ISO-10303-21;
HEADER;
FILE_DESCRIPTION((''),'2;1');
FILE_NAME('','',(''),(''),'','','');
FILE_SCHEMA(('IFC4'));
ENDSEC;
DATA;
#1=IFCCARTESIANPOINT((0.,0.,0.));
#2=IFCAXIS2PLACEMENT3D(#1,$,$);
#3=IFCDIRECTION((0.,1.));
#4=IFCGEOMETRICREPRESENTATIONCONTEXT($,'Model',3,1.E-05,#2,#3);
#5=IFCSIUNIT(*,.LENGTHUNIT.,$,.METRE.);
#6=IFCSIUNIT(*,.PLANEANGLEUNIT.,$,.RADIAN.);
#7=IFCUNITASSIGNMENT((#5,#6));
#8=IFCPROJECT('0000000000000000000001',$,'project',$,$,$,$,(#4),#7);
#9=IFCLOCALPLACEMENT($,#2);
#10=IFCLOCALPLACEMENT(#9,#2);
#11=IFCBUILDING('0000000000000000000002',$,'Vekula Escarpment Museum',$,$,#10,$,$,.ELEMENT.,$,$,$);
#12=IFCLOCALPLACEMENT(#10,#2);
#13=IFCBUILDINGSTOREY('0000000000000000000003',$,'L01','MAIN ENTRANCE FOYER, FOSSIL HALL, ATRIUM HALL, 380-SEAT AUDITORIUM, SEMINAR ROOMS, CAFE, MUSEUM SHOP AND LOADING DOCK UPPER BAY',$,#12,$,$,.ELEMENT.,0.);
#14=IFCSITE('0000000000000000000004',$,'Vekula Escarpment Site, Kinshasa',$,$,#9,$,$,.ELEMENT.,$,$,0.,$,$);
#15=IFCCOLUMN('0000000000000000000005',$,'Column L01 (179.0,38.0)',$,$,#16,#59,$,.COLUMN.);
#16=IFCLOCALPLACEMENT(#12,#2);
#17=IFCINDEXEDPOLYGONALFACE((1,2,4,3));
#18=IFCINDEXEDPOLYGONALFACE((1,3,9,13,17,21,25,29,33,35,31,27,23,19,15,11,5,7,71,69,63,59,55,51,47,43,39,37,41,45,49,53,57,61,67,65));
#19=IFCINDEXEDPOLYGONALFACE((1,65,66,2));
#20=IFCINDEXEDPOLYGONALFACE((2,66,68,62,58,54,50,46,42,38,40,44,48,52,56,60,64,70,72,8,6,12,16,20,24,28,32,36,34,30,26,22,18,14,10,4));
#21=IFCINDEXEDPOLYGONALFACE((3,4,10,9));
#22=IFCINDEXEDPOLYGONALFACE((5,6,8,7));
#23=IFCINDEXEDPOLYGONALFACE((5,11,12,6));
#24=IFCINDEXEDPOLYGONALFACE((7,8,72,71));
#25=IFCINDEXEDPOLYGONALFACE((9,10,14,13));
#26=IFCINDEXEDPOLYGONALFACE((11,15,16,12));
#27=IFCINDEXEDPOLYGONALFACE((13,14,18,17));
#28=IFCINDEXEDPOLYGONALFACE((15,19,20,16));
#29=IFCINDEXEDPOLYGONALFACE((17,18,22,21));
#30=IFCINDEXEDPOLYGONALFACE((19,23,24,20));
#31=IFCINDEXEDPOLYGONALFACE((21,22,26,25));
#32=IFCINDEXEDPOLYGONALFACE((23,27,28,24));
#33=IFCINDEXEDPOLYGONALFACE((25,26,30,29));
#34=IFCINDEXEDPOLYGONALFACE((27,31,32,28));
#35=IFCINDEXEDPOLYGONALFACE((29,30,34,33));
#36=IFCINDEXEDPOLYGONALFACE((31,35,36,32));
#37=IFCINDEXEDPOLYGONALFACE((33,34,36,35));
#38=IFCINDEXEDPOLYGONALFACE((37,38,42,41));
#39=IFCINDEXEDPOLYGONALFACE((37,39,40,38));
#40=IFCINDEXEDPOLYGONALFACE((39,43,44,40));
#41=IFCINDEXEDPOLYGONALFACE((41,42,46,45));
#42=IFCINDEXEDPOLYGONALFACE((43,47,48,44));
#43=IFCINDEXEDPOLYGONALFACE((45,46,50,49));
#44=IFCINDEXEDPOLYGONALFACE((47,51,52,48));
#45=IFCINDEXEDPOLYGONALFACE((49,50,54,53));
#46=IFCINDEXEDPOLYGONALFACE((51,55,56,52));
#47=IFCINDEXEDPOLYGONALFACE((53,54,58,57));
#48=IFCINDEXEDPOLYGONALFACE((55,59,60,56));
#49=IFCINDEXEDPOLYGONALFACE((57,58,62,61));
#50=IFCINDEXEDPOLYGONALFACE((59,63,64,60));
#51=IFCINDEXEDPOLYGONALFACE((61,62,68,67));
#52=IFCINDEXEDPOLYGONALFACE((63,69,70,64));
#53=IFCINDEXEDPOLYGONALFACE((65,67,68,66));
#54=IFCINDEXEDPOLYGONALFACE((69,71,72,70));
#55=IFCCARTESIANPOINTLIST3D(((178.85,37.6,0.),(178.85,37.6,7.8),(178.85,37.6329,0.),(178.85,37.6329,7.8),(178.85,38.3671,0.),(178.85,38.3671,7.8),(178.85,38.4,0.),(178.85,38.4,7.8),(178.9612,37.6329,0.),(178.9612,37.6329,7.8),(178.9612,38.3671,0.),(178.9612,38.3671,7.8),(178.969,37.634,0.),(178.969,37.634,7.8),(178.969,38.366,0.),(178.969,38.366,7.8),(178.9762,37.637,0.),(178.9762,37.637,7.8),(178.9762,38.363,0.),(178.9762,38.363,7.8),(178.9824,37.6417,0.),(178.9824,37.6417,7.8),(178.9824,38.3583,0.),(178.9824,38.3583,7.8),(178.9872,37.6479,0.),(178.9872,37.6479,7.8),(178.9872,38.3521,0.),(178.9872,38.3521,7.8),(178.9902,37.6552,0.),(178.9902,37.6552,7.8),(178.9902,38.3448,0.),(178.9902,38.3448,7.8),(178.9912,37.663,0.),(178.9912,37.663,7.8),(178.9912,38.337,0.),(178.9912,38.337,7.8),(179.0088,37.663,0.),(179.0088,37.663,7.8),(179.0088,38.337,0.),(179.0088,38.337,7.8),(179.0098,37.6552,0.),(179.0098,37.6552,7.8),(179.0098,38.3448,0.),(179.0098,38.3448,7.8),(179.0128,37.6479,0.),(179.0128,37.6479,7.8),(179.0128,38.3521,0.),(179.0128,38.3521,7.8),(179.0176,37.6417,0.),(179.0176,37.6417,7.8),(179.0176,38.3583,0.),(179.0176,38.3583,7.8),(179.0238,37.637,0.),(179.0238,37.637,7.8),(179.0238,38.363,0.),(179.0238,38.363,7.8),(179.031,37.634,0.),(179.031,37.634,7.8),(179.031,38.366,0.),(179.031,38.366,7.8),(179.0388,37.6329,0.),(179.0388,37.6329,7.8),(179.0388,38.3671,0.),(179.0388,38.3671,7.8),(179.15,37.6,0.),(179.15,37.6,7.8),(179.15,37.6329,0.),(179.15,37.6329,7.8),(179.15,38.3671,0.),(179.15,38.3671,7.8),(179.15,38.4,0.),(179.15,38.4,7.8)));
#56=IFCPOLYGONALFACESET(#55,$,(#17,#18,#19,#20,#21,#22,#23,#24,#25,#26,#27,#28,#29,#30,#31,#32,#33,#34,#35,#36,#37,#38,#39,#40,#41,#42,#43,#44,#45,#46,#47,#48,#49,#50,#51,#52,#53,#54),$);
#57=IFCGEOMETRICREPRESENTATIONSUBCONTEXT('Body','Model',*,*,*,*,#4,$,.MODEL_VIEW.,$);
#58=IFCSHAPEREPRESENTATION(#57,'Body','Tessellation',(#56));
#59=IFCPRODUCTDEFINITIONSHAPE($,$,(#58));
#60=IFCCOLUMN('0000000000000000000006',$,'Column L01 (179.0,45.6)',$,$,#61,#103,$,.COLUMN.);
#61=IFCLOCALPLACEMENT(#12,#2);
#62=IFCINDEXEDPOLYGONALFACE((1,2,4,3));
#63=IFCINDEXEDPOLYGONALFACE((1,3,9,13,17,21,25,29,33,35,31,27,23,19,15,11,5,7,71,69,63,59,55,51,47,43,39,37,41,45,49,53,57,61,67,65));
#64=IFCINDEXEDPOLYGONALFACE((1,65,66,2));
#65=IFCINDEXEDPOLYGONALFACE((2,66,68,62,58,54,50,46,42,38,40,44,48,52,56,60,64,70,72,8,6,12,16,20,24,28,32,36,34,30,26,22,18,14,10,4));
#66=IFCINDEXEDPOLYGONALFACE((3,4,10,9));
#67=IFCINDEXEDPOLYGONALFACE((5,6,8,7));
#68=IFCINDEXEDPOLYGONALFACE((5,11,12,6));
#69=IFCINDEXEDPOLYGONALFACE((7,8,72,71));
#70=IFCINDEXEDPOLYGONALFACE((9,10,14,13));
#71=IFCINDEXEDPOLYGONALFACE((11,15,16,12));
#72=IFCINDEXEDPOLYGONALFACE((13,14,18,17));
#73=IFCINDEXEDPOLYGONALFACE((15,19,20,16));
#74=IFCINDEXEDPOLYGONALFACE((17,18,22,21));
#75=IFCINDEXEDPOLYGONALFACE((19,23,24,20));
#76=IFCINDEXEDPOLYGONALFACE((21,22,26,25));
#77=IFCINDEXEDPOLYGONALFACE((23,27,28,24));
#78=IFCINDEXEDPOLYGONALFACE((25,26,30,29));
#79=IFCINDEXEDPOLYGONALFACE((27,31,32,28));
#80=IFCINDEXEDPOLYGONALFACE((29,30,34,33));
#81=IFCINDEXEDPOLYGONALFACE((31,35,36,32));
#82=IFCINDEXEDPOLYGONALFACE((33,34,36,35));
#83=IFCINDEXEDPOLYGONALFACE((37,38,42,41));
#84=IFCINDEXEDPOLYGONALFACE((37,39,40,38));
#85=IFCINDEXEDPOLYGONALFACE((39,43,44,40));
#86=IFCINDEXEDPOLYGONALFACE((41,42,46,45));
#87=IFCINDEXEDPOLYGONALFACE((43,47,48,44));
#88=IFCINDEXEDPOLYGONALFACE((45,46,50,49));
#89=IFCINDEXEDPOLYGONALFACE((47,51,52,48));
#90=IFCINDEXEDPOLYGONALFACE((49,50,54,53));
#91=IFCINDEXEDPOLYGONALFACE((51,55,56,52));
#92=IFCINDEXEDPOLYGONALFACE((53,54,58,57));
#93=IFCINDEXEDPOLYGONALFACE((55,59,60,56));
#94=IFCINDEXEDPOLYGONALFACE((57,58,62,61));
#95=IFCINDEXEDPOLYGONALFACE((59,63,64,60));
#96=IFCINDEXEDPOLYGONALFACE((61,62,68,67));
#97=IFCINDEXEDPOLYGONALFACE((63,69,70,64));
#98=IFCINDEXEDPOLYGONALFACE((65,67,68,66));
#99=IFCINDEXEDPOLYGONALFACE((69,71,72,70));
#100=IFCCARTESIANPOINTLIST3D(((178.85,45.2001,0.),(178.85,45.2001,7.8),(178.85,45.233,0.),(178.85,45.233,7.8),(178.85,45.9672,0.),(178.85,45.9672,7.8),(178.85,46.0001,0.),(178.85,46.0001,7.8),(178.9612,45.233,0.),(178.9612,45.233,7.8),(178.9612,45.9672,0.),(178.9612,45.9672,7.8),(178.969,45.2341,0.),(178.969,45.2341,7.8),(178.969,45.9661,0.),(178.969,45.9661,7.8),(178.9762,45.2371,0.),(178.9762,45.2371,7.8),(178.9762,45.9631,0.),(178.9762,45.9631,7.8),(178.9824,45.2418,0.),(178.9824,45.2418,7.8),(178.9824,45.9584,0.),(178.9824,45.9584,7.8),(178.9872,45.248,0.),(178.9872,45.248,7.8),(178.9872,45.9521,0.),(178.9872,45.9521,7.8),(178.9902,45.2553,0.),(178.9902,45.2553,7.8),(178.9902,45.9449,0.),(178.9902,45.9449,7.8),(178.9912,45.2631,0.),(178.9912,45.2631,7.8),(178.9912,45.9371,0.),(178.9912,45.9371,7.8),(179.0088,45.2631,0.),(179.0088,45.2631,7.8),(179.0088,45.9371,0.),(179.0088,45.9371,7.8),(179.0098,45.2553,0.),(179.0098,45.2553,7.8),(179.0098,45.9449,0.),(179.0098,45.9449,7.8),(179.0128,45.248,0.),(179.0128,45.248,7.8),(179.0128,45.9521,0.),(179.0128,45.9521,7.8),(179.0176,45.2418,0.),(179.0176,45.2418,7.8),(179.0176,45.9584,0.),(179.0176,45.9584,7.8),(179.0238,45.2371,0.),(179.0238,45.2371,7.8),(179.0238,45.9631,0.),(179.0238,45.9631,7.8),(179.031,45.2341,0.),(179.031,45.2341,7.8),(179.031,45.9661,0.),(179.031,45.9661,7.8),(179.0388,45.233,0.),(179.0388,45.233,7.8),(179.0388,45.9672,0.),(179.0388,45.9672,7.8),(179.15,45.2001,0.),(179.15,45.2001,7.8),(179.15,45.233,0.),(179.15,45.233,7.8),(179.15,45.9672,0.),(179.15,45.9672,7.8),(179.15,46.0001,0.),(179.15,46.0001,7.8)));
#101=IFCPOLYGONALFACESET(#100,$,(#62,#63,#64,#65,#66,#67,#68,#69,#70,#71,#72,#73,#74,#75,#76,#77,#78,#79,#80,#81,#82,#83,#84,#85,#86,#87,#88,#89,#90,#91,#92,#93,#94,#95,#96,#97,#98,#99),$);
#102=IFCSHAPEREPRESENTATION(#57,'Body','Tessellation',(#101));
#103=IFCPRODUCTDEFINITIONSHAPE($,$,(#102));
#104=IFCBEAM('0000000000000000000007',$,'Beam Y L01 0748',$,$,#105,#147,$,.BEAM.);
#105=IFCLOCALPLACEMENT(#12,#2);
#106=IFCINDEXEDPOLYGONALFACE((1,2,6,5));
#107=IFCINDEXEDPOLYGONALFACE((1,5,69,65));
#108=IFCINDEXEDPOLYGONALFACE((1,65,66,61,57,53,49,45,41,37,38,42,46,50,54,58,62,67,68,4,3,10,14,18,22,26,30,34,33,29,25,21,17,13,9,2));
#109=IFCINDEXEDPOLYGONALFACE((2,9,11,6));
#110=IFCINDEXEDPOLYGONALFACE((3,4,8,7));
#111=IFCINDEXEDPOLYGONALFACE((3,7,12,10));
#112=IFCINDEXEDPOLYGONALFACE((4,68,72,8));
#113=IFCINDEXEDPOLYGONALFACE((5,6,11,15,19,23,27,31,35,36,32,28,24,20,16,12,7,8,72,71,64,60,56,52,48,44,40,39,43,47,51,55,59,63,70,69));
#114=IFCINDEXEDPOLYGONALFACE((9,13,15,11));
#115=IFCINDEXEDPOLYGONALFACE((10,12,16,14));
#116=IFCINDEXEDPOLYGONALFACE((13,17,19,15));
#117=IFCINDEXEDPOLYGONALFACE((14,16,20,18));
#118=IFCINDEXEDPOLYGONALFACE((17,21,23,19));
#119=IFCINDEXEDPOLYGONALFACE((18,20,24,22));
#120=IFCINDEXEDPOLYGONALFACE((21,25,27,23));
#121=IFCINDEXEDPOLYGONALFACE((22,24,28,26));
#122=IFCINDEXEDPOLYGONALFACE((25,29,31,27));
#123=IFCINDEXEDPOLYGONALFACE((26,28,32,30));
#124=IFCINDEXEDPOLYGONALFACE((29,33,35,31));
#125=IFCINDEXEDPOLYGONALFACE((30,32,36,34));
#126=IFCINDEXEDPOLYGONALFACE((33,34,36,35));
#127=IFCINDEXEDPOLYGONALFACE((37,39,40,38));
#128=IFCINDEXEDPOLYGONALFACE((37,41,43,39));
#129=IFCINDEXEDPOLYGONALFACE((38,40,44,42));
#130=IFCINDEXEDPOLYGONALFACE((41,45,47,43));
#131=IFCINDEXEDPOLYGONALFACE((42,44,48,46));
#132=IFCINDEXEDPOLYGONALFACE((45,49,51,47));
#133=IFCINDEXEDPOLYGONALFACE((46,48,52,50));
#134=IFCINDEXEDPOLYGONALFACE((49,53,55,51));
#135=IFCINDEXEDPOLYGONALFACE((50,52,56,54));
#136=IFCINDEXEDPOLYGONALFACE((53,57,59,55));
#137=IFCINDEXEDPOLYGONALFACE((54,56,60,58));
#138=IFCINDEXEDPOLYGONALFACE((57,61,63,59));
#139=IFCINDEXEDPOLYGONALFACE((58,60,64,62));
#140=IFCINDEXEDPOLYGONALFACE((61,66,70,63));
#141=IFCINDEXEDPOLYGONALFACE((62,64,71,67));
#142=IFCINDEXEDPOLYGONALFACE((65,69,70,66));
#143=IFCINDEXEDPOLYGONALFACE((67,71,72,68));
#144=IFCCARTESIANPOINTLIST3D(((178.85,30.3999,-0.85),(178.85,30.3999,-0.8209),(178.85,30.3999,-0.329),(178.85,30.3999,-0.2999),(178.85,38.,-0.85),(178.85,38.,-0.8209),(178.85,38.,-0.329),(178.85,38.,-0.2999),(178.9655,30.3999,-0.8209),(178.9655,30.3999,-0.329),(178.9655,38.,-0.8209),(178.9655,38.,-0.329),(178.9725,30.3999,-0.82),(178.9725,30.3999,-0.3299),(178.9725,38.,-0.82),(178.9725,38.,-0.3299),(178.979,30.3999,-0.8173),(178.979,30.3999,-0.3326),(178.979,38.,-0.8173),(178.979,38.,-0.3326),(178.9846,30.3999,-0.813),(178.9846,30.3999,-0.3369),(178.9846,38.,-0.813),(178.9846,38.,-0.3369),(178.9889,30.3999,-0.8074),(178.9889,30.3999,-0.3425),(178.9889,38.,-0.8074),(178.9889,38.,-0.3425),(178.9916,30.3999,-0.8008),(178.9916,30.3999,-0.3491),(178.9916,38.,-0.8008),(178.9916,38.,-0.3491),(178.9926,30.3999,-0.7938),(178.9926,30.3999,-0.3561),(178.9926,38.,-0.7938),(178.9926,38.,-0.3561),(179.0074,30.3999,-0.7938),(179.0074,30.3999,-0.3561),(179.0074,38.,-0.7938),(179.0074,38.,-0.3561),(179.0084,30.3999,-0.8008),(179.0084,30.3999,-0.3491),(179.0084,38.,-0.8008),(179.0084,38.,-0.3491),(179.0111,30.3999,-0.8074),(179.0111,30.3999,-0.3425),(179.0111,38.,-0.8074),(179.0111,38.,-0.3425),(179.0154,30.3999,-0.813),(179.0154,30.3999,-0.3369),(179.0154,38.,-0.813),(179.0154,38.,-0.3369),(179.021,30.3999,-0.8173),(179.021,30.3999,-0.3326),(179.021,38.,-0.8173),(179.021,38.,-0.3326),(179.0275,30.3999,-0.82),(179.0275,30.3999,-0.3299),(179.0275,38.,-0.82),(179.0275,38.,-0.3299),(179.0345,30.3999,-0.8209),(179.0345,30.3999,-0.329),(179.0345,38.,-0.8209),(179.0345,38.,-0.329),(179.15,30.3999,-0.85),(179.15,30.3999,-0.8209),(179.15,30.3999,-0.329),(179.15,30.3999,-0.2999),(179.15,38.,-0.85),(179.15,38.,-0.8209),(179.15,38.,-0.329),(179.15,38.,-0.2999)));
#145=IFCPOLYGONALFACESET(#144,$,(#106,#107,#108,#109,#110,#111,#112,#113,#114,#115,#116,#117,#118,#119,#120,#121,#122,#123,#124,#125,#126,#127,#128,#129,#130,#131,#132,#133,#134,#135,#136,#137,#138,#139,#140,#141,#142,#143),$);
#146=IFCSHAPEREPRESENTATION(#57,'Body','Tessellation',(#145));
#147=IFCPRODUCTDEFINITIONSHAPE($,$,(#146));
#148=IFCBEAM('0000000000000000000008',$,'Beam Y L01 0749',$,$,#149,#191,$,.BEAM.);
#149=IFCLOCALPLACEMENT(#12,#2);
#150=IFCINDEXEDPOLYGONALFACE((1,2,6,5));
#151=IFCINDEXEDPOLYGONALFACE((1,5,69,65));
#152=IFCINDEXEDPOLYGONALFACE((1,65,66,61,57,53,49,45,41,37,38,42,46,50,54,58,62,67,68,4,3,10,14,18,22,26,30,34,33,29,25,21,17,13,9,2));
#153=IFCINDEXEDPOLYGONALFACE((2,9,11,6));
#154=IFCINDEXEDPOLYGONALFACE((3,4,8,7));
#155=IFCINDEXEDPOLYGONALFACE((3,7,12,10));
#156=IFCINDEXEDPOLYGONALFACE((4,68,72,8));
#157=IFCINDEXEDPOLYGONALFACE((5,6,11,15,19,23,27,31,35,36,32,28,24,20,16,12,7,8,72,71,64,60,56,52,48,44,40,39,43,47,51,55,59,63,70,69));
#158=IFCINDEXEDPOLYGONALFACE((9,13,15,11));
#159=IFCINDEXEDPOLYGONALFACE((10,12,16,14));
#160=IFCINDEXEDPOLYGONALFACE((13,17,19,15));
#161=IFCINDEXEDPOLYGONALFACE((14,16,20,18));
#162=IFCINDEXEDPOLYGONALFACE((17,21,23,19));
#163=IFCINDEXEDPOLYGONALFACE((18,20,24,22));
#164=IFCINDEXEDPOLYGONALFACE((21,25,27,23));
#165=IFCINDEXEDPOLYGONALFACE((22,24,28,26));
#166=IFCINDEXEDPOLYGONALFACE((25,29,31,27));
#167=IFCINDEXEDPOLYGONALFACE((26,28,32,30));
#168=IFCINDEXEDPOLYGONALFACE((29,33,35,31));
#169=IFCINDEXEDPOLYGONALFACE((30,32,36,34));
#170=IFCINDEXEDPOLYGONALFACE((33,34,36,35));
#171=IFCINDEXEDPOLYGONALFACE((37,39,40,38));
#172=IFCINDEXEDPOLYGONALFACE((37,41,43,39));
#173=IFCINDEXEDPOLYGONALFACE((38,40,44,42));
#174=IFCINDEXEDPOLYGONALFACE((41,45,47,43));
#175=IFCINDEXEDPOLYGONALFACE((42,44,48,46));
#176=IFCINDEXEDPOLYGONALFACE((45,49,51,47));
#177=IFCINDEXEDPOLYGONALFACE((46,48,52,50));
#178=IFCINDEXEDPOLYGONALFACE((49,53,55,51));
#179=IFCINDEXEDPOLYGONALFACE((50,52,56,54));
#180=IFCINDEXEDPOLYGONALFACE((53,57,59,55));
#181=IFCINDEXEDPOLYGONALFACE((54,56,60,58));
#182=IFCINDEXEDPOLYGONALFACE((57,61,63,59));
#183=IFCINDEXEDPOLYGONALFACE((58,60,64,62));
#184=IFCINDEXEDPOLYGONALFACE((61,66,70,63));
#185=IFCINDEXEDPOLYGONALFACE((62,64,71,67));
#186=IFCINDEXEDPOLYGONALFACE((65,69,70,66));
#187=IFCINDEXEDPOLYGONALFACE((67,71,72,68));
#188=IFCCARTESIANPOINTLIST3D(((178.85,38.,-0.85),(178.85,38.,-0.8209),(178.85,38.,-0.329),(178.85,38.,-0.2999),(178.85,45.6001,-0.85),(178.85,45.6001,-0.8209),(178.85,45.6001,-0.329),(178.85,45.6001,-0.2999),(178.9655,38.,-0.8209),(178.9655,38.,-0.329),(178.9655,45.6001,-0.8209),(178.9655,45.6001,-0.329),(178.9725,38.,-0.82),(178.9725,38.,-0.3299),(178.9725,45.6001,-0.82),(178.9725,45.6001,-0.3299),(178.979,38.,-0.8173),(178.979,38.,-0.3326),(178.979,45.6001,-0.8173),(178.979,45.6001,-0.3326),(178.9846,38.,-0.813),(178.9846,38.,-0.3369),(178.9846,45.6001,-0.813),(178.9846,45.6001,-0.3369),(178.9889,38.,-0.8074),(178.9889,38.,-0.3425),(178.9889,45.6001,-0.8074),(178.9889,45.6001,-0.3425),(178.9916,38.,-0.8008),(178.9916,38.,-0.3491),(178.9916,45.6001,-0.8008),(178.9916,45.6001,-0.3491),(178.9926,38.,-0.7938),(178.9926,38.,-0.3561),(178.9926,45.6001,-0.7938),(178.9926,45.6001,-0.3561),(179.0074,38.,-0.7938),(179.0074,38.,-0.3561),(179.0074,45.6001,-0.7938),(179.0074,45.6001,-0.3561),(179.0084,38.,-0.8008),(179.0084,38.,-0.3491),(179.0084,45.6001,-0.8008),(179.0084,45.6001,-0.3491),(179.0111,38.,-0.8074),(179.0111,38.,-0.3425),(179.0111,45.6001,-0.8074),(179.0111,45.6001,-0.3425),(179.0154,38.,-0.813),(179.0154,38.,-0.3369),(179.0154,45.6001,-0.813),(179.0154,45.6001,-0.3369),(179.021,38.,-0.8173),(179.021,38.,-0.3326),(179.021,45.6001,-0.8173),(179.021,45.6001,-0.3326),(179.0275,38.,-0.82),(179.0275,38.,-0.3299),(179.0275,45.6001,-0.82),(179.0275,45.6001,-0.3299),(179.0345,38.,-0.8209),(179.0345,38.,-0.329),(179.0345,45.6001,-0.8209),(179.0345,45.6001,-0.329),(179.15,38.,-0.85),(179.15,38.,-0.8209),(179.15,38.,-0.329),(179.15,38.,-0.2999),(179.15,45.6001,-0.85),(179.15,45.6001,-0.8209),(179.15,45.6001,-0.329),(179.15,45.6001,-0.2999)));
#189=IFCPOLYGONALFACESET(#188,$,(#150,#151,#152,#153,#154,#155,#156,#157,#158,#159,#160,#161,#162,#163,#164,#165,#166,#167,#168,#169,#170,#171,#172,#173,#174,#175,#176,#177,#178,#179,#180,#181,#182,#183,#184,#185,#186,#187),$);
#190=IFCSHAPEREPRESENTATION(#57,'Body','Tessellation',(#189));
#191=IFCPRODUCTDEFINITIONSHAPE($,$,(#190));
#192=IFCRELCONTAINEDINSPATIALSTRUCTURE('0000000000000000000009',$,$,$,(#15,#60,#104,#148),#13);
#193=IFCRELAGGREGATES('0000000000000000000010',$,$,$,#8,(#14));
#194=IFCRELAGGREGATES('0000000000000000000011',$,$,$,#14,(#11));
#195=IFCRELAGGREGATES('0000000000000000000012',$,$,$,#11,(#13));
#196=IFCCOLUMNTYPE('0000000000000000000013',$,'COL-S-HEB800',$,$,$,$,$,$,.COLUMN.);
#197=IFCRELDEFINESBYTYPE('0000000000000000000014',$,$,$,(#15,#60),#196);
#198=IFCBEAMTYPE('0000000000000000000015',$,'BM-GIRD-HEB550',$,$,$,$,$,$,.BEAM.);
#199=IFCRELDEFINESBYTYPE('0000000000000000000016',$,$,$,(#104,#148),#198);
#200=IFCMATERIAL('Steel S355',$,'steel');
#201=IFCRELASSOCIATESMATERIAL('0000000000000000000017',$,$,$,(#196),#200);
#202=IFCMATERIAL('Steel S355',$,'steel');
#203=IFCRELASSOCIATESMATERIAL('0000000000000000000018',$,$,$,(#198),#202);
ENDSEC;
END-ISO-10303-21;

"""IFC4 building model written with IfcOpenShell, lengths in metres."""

from ifc_helpers import new_model, si_unit, direction, frame, origin, origin_2d, place, context, subcontext, project, spatial, i_section, extrude, material, material_profile, profile_set, type_object, element, save


model = new_model("IFC4")

# Units and contexts
model_context = context("Model", 3, precision=1e-05, world=origin(), true_north=direction((0.0, 1.0)))
body_context = subcontext(model_context, "Body", "Model", "MODEL_VIEW")
ifc_project = project(units=[si_unit("LENGTHUNIT", "METRE"), si_unit("PLANEANGLEUNIT", "RADIAN")], contexts=[model_context])

# Site, building, storey
site_placement = place(None, origin())
site = spatial("IfcSite", under=ifc_project, at=site_placement, Name="Vekula Escarpment Site, Kinshasa", CompositionType="ELEMENT", RefElevation=0.0)
building_placement = place(site_placement, origin())
building = spatial("IfcBuilding", under=site, at=building_placement, Name="Vekula Escarpment Museum", CompositionType="ELEMENT")
storey_placement = place(building_placement, origin())
storey = spatial("IfcBuildingStorey", under=building, at=storey_placement, Name="L01", Description="MAIN ENTRANCE FOYER, FOSSIL HALL, ATRIUM HALL, 380-SEAT AUDITORIUM, SEMINAR ROOMS, CAFE, MUSEUM SHOP AND LOADING DOCK UPPER BAY", CompositionType="ELEMENT", Elevation=0.0)

# Columns
ifc_material_1 = material(Name="Steel S355", Category="steel")
ifc_material_profile_1 = material_profile(ifc_material_1, i_section(OverallWidth=0.3, OverallDepth=0.8, WebThickness=0.0176, FlangeThickness=0.033, FilletRadius=0.03, at=origin_2d()), Name="HEB 800")
ifc_profile_set_1 = profile_set([ifc_material_profile_1], Name="Steel S355")
column_type = type_object("IfcColumnType", Name="COL-S-HEB800", PredefinedType="COLUMN", material=ifc_profile_set_1)
for number, where, z_axis, x_axis, name in (
    (1, (179.0, 38.0, 0.0), (0.0, 0.0, 1.0), (1.0, 0.0, 0.0), "Column L01 (179.0,38.0)"),
    (2, (179.0, 45.6001, 0.0), (0.0, 0.0, 1.0), (1.0, 0.0, 0.0), "Column L01 (179.0,45.6)"),
):
    element("IfcColumn", number, at=place(storey_placement, frame(where, z_axis=z_axis, x_axis=x_axis)), inside=storey, type_object=column_type, Name=name, PredefinedType="COLUMN", context=body_context, shape_type="SweptSolid", body=[
        extrude(i_section(OverallWidth=0.3, OverallDepth=0.8, WebThickness=0.0176, FlangeThickness=0.033, FilletRadius=0.03, at=origin_2d()), origin(), (0.0, 0.0, 1.0), 7.8),
    ])

# Beams
ifc_material_2 = material(Name="Steel S355", Category="steel")
ifc_material_profile_2 = material_profile(ifc_material_2, i_section(OverallWidth=0.3, OverallDepth=0.55, WebThickness=0.0149, FlangeThickness=0.0291, FilletRadius=0.0271, at=origin_2d()), Name="HEB 550")
ifc_profile_set_2 = profile_set([ifc_material_profile_2], Name="Steel S355")
beam_type_1 = type_object("IfcBeamType", Name="BM-GIRD-HEB550", PredefinedType="BEAM", material=ifc_profile_set_2)
for number, where, z_axis, x_axis, name in (
    (3, (179.0, 30.3999, -0.575), (0.0, 1.0, 0.0), (-1.0, 0.0, 0.0), "Beam Y L01 0748"),
    (4, (179.0, 38.0, -0.575), (0.0, 1.0, 0.0), (-1.0, 0.0, 0.0), "Beam Y L01 0749"),
):
    element("IfcBeam", number, at=place(storey_placement, frame(where, z_axis=z_axis, x_axis=x_axis)), inside=storey, type_object=beam_type_1, Name=name, PredefinedType="BEAM", context=body_context, shape_type="SweptSolid", body=[
        extrude(i_section(OverallWidth=0.3, OverallDepth=0.55, WebThickness=0.0149, FlangeThickness=0.0291, FilletRadius=0.0271, at=origin_2d()), origin(), (0.0, 0.0, 1.0), 7.6001),
    ])

save(model, "model.ifc")
